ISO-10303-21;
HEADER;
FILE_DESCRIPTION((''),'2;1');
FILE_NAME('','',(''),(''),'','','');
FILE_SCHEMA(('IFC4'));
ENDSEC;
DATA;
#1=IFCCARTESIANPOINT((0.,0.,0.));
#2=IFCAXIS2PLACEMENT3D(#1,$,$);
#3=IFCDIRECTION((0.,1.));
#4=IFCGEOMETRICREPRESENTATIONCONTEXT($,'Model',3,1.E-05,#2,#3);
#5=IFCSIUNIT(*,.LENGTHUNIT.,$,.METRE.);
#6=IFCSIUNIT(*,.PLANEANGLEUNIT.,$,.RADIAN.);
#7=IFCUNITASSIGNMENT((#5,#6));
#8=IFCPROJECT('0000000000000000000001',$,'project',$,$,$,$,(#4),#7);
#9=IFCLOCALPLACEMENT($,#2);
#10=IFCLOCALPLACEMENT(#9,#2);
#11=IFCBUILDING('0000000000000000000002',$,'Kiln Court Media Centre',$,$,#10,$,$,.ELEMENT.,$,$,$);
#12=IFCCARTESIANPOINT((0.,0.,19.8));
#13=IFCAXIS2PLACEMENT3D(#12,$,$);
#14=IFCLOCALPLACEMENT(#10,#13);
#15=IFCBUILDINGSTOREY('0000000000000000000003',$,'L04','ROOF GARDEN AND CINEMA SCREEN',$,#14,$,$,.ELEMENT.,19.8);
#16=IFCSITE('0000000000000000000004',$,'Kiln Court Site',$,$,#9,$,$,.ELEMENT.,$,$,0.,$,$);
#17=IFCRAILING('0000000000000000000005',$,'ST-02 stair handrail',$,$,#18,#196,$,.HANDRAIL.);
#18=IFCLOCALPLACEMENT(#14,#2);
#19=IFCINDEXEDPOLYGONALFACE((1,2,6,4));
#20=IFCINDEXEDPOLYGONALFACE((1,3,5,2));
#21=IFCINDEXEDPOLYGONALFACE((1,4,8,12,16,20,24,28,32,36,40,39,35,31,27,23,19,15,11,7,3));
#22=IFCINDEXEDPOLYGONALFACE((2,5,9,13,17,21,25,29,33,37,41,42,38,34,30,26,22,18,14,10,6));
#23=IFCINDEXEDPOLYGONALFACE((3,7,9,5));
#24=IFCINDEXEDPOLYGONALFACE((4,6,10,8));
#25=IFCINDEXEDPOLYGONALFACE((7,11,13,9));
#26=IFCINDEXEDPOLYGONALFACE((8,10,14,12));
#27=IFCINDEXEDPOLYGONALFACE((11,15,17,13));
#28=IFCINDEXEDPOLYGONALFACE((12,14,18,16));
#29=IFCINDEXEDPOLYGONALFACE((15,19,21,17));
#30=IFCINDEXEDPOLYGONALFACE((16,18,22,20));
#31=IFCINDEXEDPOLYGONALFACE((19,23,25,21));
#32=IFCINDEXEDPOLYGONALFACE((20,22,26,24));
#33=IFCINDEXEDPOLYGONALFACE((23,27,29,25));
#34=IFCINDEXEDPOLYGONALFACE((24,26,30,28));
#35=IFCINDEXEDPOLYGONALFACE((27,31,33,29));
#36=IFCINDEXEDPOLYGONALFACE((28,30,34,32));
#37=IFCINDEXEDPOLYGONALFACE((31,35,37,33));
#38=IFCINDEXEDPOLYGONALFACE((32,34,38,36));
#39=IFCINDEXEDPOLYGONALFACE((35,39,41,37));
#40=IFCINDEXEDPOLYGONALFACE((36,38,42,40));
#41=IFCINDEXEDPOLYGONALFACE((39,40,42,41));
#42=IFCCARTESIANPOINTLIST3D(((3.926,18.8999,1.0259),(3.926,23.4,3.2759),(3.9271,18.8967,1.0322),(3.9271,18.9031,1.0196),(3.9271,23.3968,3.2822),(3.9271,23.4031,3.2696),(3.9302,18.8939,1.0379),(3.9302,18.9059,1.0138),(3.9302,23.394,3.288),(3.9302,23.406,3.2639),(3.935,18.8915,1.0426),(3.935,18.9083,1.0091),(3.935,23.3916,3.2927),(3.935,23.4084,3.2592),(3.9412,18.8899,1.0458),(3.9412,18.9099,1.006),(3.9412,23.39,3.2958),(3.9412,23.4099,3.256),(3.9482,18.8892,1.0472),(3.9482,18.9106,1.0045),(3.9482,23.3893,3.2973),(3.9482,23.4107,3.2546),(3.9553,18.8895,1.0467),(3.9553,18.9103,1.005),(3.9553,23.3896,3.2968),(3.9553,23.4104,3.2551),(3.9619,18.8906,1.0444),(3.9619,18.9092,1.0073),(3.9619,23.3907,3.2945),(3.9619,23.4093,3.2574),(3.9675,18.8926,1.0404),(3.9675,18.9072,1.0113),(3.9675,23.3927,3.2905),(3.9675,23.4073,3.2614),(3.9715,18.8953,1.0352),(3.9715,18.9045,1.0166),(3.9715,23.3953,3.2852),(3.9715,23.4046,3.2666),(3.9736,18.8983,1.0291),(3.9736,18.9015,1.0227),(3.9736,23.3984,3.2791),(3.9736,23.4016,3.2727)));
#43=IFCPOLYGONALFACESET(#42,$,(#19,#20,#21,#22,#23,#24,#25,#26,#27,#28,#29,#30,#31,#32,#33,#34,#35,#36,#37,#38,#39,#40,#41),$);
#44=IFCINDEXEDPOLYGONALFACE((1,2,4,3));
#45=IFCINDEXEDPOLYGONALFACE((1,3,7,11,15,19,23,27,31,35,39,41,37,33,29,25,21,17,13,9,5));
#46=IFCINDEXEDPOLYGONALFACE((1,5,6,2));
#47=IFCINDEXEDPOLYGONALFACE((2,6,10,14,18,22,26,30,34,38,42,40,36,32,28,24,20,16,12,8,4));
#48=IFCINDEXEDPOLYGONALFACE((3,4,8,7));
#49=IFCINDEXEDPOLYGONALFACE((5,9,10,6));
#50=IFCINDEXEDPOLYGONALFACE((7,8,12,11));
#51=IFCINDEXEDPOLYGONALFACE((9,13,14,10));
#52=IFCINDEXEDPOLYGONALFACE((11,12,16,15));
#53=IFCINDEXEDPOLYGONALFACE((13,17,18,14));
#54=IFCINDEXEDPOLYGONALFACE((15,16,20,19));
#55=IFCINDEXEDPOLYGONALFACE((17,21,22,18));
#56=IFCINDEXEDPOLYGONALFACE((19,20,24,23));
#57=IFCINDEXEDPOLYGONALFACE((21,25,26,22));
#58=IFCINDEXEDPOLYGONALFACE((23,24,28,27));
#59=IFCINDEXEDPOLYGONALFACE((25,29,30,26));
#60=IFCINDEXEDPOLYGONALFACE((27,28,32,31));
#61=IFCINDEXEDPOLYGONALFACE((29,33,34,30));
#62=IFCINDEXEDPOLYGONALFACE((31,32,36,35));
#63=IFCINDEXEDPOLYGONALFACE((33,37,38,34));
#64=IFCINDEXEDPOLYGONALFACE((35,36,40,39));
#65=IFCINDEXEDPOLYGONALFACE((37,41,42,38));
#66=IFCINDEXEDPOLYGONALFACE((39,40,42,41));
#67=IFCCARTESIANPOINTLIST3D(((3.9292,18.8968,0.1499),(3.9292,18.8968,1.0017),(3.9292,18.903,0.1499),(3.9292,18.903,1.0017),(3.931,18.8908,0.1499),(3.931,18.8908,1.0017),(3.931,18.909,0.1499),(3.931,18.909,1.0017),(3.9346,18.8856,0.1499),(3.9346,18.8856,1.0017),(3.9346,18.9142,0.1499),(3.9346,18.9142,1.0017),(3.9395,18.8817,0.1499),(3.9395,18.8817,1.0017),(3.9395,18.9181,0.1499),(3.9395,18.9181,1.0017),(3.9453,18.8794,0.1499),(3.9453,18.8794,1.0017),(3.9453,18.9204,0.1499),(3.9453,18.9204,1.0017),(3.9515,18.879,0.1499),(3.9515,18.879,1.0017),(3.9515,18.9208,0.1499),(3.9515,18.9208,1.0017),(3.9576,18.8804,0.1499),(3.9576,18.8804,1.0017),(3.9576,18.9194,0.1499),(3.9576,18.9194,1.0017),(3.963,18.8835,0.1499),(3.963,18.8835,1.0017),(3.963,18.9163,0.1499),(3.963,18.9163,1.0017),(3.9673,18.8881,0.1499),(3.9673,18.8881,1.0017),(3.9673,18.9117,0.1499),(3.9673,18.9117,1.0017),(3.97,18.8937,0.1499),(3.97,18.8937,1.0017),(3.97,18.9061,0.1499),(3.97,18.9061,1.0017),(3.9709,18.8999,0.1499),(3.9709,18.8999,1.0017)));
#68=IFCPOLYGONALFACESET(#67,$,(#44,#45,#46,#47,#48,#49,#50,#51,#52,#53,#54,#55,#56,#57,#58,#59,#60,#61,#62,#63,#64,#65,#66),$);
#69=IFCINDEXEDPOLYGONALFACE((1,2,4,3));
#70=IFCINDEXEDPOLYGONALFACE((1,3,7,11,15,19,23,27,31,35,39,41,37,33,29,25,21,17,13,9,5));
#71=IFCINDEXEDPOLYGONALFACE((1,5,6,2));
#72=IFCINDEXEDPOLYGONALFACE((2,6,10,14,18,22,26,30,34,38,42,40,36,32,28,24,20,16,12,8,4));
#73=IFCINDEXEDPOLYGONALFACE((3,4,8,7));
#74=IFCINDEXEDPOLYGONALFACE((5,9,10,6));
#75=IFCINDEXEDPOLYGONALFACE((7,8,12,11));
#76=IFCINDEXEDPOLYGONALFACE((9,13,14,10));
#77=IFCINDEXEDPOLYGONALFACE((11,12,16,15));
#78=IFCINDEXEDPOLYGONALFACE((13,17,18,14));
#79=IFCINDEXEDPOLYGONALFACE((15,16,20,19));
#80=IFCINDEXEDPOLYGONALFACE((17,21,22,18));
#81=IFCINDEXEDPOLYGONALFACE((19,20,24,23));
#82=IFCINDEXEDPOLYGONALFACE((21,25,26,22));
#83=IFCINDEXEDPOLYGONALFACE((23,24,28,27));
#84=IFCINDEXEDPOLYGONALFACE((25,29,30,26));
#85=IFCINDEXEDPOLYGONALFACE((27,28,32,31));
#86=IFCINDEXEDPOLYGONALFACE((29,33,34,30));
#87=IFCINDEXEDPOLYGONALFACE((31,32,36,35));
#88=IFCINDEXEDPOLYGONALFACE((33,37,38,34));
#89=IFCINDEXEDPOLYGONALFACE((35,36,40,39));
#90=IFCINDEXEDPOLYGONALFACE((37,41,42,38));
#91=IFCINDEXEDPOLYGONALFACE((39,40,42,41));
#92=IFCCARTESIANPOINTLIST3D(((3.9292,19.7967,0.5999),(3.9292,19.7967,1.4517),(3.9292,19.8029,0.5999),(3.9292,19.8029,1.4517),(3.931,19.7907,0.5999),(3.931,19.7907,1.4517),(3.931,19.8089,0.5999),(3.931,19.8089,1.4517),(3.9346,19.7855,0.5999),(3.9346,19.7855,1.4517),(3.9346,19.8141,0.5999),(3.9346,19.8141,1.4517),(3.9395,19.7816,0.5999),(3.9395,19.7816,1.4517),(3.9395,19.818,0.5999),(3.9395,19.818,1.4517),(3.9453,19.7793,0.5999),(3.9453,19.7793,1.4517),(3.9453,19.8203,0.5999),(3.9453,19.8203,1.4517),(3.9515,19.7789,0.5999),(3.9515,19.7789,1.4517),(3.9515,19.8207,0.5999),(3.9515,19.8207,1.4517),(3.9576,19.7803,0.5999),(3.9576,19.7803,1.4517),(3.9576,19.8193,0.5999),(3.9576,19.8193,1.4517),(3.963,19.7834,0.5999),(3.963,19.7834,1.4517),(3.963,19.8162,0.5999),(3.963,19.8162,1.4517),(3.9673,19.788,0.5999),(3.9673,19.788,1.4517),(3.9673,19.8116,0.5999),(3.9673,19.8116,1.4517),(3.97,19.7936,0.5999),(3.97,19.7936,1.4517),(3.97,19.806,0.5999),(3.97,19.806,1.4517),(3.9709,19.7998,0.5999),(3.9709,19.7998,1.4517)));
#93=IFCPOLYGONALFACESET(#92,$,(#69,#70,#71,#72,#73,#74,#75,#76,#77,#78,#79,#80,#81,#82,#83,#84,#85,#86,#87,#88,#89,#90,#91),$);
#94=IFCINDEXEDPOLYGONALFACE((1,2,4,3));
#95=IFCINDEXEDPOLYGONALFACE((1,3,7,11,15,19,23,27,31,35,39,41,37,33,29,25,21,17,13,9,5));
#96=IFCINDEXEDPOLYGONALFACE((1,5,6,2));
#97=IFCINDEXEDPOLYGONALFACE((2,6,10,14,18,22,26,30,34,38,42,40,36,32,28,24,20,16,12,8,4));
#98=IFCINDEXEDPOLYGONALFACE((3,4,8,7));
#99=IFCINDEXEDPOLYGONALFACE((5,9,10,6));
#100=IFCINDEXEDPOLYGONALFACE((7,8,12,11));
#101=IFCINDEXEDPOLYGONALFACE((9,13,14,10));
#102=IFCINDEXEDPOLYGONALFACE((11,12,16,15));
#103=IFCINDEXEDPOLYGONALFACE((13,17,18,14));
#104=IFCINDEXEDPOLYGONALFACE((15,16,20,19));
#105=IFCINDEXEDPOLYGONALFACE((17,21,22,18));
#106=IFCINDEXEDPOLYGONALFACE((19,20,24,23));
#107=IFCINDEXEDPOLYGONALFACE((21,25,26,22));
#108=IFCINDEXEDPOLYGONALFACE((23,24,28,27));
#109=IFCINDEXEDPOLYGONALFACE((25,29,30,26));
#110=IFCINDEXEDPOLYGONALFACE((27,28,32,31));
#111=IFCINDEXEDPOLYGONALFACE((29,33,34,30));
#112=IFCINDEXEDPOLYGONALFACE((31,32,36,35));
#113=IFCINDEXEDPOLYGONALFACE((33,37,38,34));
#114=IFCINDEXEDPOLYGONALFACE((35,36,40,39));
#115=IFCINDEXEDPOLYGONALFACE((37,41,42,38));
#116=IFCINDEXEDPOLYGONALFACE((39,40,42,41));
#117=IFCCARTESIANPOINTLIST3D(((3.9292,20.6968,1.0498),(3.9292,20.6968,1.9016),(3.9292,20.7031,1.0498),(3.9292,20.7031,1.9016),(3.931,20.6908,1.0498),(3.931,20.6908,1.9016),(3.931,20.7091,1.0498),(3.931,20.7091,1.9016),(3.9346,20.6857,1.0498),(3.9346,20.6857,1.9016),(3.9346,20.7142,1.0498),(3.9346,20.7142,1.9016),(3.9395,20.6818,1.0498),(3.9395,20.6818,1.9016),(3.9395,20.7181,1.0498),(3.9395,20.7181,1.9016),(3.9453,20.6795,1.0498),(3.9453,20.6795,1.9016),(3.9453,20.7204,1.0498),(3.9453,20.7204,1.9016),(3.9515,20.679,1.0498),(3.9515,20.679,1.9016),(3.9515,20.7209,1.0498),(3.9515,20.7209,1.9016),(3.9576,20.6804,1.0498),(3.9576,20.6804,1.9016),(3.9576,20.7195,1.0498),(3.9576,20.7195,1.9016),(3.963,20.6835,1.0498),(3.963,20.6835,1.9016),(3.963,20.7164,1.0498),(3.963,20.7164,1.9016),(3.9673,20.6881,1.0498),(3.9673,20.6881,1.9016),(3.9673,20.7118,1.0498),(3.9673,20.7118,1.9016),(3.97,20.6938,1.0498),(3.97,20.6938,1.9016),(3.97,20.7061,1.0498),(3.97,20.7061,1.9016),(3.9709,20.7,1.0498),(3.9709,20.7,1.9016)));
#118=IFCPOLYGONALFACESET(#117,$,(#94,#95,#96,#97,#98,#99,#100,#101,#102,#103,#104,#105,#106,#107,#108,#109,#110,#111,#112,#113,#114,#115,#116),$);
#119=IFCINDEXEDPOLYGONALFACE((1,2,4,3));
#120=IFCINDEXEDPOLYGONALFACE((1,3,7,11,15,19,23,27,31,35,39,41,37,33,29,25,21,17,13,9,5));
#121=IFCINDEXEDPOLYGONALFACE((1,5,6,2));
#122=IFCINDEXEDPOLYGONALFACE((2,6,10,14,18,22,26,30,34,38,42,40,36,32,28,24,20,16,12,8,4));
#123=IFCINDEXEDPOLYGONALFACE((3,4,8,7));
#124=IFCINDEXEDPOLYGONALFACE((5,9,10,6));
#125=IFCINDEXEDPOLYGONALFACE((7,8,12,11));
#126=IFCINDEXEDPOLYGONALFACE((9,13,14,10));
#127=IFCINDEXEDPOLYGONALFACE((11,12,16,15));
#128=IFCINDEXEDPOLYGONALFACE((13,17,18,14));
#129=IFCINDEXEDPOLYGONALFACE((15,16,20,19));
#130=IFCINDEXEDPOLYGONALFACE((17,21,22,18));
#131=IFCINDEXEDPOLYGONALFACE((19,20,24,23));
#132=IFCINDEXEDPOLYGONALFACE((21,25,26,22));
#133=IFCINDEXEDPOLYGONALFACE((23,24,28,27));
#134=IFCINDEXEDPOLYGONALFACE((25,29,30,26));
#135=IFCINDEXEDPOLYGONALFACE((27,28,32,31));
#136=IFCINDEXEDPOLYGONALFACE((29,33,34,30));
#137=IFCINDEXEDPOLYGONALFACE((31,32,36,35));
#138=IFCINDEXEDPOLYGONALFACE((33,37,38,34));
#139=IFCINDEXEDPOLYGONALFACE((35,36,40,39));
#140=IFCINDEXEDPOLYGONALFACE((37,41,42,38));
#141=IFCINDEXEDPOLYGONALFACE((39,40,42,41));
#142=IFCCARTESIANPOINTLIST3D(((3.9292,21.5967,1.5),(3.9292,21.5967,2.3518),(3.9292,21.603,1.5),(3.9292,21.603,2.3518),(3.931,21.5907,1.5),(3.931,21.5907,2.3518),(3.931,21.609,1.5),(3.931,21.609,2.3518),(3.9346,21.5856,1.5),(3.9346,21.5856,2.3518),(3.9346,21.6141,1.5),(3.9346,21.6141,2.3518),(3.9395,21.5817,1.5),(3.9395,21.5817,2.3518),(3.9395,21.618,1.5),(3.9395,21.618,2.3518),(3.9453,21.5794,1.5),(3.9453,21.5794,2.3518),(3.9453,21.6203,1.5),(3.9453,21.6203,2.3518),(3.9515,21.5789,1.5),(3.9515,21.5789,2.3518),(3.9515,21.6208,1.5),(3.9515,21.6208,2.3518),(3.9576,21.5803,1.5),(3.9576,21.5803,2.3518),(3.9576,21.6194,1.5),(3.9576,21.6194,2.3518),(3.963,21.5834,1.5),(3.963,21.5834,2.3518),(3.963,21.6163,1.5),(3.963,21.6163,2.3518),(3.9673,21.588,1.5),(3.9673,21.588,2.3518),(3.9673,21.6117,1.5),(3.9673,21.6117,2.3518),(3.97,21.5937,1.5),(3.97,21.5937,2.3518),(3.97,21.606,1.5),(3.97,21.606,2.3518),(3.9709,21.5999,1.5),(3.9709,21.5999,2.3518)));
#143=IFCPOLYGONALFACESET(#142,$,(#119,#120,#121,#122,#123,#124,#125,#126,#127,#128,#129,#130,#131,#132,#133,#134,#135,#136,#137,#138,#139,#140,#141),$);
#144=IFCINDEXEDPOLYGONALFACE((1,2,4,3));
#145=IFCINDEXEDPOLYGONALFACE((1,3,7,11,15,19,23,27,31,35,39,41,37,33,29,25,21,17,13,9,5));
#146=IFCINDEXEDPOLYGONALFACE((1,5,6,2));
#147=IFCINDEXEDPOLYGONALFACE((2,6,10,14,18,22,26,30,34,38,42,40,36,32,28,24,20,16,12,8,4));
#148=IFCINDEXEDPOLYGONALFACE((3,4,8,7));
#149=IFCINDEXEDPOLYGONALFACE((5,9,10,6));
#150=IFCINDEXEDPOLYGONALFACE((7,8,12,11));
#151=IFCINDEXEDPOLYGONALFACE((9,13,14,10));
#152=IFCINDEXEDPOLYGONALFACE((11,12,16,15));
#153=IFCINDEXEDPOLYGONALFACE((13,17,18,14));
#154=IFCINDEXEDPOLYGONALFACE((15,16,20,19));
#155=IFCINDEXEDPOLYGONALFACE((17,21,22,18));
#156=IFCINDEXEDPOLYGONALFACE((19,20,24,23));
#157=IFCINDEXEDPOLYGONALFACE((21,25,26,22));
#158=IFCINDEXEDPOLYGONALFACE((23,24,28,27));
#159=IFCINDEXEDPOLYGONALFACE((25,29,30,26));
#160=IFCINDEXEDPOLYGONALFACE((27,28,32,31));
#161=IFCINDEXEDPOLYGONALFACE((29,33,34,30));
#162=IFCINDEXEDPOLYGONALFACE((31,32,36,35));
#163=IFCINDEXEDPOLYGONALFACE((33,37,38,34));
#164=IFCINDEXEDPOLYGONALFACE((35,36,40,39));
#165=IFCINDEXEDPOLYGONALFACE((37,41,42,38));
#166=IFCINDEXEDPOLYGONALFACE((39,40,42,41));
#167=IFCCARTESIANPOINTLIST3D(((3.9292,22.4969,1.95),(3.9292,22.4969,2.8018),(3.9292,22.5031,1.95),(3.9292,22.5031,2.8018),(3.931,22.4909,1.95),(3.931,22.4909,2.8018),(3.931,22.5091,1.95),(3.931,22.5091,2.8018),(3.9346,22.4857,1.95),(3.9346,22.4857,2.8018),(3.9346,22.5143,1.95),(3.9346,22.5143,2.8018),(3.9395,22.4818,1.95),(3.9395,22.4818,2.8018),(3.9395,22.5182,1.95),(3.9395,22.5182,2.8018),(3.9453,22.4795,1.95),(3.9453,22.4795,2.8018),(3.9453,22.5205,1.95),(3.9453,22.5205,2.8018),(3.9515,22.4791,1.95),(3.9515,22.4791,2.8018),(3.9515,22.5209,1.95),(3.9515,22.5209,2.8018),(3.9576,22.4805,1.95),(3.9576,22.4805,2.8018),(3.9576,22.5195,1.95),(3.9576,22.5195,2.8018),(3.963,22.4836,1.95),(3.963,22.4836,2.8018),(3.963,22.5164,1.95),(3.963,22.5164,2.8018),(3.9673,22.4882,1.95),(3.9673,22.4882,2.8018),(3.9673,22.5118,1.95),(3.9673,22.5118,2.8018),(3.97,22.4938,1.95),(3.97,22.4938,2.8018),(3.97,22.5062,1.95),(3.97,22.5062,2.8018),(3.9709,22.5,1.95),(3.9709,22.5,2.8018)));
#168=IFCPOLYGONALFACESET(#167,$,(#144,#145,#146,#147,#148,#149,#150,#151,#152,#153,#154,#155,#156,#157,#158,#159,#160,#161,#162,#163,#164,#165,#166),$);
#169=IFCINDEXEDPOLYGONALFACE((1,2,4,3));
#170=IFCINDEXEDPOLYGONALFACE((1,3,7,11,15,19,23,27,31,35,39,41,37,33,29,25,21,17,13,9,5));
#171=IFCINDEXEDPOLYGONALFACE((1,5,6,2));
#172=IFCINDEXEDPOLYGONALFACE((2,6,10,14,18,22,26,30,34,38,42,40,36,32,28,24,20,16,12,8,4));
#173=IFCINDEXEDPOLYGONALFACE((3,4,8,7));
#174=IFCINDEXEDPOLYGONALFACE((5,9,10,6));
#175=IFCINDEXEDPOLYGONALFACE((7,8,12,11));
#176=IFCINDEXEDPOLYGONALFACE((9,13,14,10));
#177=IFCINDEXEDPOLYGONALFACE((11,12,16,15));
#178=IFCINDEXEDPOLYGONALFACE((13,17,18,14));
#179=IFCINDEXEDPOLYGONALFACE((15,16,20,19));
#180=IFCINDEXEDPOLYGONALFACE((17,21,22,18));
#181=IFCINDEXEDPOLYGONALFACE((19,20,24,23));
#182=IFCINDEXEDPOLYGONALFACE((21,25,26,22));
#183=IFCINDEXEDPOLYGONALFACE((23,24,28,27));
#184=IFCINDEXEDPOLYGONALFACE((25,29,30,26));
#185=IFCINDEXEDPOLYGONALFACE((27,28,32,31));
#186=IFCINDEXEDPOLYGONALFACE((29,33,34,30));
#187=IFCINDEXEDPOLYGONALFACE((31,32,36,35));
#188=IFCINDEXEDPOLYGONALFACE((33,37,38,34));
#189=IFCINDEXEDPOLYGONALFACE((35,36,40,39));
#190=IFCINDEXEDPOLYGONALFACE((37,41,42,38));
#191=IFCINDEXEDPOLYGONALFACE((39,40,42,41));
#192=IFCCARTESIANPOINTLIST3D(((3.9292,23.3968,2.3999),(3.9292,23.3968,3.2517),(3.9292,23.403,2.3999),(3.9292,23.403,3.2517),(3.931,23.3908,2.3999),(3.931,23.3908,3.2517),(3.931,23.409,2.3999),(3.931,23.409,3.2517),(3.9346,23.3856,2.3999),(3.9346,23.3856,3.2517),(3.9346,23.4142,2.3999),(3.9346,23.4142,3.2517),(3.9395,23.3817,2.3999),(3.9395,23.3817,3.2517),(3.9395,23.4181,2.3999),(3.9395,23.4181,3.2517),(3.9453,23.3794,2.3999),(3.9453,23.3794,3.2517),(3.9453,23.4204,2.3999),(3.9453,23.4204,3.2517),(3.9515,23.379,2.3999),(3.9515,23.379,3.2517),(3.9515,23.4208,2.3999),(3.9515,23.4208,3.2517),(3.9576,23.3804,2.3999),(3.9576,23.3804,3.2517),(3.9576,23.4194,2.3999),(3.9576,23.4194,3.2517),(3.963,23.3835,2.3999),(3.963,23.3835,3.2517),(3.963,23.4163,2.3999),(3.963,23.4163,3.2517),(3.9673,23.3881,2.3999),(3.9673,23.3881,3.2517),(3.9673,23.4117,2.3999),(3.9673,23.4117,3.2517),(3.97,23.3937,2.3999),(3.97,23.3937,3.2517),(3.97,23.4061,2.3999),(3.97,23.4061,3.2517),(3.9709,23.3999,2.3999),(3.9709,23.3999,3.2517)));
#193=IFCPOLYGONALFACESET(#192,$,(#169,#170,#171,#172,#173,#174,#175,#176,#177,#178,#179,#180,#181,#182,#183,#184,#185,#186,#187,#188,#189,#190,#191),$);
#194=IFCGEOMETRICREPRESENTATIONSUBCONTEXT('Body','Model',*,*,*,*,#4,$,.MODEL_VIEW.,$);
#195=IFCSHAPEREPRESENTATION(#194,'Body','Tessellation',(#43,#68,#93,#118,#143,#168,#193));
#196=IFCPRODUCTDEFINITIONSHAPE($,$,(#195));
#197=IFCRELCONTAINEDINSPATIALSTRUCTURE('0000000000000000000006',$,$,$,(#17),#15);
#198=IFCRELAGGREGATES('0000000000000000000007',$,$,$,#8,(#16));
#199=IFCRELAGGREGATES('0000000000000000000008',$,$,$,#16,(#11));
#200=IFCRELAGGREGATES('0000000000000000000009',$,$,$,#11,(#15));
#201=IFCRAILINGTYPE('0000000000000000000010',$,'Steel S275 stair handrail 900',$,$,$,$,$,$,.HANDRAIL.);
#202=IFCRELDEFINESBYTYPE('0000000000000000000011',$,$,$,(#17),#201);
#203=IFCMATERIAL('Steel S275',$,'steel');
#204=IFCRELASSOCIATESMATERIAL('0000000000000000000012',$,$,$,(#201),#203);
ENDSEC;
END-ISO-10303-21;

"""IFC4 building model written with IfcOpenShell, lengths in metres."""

from ifc_helpers import new_model, si_unit, direction, frame, origin, origin_2d, place, context, subcontext, project, spatial, circle, extrude, material, type_object, element, save


model = new_model("IFC4")

# Units and contexts
model_context = context("Model", 3, precision=1e-05, world=origin(), true_north=direction((0.0, 1.0)))
body_context = subcontext(model_context, "Body", "Model", "MODEL_VIEW")
ifc_project = project(units=[si_unit("LENGTHUNIT", "METRE"), si_unit("PLANEANGLEUNIT", "RADIAN")], contexts=[model_context])

# Site, building, storey
site_placement = place(None, origin())
site = spatial("IfcSite", under=ifc_project, at=site_placement, Name="Kiln Court Site", CompositionType="ELEMENT", RefElevation=0.0)
building_placement = place(site_placement, origin())
building = spatial("IfcBuilding", under=site, at=building_placement, Name="Kiln Court Media Centre", CompositionType="ELEMENT")
storey_placement = place(building_placement, frame((0.0, 0.0, 19.8)))
storey = spatial("IfcBuildingStorey", under=building, at=storey_placement, Name="L04", Description="ROOF GARDEN AND CINEMA SCREEN", CompositionType="ELEMENT", Elevation=19.8)

# Railing
ifc_material_1 = material(Name="Steel S275", Category="steel")
railing_type_1 = type_object("IfcRailingType", Name="Steel S275 stair handrail 900", PredefinedType="HANDRAIL", material=ifc_material_1)
railing_1_placement = place(storey_placement, frame((3.95, 18.8999, 0.1499)))
element("IfcRailing", 1, at=railing_1_placement, inside=storey, type_object=railing_type_1, Name="ST-02 stair handrail", PredefinedType="HANDRAIL", context=body_context, shape_type="SweptSolid", body=[
    extrude(circle(Radius=0.0239, at=origin_2d()), frame((0.0, 0.0, 0.876), z_axis=(0.0, 0.894427, 0.447214), x_axis=(-1.0, 0.0, 0.0)), (0.0, 0.0, 1.0), 5.0312),
    extrude(circle(Radius=0.021, at=origin_2d()), origin(), (0.0, 0.0, 1.0), 0.8518),
    extrude(circle(Radius=0.021, at=origin_2d()), frame((0.0, 0.8999, 0.45)), (0.0, 0.0, 1.0), 0.8518),
    extrude(circle(Radius=0.021, at=origin_2d()), frame((0.0, 1.8, 0.8999)), (0.0, 0.0, 1.0), 0.8518),
    extrude(circle(Radius=0.021, at=origin_2d()), frame((0.0, 2.7, 1.3501)), (0.0, 0.0, 1.0), 0.8518),
    extrude(circle(Radius=0.021, at=origin_2d()), frame((0.0, 3.6001, 1.8)), (0.0, 0.0, 1.0), 0.8518),
    extrude(circle(Radius=0.021, at=origin_2d()), frame((0.0, 4.5, 2.25)), (0.0, 0.0, 1.0), 0.8518),
])

save(model, "model.ifc")
